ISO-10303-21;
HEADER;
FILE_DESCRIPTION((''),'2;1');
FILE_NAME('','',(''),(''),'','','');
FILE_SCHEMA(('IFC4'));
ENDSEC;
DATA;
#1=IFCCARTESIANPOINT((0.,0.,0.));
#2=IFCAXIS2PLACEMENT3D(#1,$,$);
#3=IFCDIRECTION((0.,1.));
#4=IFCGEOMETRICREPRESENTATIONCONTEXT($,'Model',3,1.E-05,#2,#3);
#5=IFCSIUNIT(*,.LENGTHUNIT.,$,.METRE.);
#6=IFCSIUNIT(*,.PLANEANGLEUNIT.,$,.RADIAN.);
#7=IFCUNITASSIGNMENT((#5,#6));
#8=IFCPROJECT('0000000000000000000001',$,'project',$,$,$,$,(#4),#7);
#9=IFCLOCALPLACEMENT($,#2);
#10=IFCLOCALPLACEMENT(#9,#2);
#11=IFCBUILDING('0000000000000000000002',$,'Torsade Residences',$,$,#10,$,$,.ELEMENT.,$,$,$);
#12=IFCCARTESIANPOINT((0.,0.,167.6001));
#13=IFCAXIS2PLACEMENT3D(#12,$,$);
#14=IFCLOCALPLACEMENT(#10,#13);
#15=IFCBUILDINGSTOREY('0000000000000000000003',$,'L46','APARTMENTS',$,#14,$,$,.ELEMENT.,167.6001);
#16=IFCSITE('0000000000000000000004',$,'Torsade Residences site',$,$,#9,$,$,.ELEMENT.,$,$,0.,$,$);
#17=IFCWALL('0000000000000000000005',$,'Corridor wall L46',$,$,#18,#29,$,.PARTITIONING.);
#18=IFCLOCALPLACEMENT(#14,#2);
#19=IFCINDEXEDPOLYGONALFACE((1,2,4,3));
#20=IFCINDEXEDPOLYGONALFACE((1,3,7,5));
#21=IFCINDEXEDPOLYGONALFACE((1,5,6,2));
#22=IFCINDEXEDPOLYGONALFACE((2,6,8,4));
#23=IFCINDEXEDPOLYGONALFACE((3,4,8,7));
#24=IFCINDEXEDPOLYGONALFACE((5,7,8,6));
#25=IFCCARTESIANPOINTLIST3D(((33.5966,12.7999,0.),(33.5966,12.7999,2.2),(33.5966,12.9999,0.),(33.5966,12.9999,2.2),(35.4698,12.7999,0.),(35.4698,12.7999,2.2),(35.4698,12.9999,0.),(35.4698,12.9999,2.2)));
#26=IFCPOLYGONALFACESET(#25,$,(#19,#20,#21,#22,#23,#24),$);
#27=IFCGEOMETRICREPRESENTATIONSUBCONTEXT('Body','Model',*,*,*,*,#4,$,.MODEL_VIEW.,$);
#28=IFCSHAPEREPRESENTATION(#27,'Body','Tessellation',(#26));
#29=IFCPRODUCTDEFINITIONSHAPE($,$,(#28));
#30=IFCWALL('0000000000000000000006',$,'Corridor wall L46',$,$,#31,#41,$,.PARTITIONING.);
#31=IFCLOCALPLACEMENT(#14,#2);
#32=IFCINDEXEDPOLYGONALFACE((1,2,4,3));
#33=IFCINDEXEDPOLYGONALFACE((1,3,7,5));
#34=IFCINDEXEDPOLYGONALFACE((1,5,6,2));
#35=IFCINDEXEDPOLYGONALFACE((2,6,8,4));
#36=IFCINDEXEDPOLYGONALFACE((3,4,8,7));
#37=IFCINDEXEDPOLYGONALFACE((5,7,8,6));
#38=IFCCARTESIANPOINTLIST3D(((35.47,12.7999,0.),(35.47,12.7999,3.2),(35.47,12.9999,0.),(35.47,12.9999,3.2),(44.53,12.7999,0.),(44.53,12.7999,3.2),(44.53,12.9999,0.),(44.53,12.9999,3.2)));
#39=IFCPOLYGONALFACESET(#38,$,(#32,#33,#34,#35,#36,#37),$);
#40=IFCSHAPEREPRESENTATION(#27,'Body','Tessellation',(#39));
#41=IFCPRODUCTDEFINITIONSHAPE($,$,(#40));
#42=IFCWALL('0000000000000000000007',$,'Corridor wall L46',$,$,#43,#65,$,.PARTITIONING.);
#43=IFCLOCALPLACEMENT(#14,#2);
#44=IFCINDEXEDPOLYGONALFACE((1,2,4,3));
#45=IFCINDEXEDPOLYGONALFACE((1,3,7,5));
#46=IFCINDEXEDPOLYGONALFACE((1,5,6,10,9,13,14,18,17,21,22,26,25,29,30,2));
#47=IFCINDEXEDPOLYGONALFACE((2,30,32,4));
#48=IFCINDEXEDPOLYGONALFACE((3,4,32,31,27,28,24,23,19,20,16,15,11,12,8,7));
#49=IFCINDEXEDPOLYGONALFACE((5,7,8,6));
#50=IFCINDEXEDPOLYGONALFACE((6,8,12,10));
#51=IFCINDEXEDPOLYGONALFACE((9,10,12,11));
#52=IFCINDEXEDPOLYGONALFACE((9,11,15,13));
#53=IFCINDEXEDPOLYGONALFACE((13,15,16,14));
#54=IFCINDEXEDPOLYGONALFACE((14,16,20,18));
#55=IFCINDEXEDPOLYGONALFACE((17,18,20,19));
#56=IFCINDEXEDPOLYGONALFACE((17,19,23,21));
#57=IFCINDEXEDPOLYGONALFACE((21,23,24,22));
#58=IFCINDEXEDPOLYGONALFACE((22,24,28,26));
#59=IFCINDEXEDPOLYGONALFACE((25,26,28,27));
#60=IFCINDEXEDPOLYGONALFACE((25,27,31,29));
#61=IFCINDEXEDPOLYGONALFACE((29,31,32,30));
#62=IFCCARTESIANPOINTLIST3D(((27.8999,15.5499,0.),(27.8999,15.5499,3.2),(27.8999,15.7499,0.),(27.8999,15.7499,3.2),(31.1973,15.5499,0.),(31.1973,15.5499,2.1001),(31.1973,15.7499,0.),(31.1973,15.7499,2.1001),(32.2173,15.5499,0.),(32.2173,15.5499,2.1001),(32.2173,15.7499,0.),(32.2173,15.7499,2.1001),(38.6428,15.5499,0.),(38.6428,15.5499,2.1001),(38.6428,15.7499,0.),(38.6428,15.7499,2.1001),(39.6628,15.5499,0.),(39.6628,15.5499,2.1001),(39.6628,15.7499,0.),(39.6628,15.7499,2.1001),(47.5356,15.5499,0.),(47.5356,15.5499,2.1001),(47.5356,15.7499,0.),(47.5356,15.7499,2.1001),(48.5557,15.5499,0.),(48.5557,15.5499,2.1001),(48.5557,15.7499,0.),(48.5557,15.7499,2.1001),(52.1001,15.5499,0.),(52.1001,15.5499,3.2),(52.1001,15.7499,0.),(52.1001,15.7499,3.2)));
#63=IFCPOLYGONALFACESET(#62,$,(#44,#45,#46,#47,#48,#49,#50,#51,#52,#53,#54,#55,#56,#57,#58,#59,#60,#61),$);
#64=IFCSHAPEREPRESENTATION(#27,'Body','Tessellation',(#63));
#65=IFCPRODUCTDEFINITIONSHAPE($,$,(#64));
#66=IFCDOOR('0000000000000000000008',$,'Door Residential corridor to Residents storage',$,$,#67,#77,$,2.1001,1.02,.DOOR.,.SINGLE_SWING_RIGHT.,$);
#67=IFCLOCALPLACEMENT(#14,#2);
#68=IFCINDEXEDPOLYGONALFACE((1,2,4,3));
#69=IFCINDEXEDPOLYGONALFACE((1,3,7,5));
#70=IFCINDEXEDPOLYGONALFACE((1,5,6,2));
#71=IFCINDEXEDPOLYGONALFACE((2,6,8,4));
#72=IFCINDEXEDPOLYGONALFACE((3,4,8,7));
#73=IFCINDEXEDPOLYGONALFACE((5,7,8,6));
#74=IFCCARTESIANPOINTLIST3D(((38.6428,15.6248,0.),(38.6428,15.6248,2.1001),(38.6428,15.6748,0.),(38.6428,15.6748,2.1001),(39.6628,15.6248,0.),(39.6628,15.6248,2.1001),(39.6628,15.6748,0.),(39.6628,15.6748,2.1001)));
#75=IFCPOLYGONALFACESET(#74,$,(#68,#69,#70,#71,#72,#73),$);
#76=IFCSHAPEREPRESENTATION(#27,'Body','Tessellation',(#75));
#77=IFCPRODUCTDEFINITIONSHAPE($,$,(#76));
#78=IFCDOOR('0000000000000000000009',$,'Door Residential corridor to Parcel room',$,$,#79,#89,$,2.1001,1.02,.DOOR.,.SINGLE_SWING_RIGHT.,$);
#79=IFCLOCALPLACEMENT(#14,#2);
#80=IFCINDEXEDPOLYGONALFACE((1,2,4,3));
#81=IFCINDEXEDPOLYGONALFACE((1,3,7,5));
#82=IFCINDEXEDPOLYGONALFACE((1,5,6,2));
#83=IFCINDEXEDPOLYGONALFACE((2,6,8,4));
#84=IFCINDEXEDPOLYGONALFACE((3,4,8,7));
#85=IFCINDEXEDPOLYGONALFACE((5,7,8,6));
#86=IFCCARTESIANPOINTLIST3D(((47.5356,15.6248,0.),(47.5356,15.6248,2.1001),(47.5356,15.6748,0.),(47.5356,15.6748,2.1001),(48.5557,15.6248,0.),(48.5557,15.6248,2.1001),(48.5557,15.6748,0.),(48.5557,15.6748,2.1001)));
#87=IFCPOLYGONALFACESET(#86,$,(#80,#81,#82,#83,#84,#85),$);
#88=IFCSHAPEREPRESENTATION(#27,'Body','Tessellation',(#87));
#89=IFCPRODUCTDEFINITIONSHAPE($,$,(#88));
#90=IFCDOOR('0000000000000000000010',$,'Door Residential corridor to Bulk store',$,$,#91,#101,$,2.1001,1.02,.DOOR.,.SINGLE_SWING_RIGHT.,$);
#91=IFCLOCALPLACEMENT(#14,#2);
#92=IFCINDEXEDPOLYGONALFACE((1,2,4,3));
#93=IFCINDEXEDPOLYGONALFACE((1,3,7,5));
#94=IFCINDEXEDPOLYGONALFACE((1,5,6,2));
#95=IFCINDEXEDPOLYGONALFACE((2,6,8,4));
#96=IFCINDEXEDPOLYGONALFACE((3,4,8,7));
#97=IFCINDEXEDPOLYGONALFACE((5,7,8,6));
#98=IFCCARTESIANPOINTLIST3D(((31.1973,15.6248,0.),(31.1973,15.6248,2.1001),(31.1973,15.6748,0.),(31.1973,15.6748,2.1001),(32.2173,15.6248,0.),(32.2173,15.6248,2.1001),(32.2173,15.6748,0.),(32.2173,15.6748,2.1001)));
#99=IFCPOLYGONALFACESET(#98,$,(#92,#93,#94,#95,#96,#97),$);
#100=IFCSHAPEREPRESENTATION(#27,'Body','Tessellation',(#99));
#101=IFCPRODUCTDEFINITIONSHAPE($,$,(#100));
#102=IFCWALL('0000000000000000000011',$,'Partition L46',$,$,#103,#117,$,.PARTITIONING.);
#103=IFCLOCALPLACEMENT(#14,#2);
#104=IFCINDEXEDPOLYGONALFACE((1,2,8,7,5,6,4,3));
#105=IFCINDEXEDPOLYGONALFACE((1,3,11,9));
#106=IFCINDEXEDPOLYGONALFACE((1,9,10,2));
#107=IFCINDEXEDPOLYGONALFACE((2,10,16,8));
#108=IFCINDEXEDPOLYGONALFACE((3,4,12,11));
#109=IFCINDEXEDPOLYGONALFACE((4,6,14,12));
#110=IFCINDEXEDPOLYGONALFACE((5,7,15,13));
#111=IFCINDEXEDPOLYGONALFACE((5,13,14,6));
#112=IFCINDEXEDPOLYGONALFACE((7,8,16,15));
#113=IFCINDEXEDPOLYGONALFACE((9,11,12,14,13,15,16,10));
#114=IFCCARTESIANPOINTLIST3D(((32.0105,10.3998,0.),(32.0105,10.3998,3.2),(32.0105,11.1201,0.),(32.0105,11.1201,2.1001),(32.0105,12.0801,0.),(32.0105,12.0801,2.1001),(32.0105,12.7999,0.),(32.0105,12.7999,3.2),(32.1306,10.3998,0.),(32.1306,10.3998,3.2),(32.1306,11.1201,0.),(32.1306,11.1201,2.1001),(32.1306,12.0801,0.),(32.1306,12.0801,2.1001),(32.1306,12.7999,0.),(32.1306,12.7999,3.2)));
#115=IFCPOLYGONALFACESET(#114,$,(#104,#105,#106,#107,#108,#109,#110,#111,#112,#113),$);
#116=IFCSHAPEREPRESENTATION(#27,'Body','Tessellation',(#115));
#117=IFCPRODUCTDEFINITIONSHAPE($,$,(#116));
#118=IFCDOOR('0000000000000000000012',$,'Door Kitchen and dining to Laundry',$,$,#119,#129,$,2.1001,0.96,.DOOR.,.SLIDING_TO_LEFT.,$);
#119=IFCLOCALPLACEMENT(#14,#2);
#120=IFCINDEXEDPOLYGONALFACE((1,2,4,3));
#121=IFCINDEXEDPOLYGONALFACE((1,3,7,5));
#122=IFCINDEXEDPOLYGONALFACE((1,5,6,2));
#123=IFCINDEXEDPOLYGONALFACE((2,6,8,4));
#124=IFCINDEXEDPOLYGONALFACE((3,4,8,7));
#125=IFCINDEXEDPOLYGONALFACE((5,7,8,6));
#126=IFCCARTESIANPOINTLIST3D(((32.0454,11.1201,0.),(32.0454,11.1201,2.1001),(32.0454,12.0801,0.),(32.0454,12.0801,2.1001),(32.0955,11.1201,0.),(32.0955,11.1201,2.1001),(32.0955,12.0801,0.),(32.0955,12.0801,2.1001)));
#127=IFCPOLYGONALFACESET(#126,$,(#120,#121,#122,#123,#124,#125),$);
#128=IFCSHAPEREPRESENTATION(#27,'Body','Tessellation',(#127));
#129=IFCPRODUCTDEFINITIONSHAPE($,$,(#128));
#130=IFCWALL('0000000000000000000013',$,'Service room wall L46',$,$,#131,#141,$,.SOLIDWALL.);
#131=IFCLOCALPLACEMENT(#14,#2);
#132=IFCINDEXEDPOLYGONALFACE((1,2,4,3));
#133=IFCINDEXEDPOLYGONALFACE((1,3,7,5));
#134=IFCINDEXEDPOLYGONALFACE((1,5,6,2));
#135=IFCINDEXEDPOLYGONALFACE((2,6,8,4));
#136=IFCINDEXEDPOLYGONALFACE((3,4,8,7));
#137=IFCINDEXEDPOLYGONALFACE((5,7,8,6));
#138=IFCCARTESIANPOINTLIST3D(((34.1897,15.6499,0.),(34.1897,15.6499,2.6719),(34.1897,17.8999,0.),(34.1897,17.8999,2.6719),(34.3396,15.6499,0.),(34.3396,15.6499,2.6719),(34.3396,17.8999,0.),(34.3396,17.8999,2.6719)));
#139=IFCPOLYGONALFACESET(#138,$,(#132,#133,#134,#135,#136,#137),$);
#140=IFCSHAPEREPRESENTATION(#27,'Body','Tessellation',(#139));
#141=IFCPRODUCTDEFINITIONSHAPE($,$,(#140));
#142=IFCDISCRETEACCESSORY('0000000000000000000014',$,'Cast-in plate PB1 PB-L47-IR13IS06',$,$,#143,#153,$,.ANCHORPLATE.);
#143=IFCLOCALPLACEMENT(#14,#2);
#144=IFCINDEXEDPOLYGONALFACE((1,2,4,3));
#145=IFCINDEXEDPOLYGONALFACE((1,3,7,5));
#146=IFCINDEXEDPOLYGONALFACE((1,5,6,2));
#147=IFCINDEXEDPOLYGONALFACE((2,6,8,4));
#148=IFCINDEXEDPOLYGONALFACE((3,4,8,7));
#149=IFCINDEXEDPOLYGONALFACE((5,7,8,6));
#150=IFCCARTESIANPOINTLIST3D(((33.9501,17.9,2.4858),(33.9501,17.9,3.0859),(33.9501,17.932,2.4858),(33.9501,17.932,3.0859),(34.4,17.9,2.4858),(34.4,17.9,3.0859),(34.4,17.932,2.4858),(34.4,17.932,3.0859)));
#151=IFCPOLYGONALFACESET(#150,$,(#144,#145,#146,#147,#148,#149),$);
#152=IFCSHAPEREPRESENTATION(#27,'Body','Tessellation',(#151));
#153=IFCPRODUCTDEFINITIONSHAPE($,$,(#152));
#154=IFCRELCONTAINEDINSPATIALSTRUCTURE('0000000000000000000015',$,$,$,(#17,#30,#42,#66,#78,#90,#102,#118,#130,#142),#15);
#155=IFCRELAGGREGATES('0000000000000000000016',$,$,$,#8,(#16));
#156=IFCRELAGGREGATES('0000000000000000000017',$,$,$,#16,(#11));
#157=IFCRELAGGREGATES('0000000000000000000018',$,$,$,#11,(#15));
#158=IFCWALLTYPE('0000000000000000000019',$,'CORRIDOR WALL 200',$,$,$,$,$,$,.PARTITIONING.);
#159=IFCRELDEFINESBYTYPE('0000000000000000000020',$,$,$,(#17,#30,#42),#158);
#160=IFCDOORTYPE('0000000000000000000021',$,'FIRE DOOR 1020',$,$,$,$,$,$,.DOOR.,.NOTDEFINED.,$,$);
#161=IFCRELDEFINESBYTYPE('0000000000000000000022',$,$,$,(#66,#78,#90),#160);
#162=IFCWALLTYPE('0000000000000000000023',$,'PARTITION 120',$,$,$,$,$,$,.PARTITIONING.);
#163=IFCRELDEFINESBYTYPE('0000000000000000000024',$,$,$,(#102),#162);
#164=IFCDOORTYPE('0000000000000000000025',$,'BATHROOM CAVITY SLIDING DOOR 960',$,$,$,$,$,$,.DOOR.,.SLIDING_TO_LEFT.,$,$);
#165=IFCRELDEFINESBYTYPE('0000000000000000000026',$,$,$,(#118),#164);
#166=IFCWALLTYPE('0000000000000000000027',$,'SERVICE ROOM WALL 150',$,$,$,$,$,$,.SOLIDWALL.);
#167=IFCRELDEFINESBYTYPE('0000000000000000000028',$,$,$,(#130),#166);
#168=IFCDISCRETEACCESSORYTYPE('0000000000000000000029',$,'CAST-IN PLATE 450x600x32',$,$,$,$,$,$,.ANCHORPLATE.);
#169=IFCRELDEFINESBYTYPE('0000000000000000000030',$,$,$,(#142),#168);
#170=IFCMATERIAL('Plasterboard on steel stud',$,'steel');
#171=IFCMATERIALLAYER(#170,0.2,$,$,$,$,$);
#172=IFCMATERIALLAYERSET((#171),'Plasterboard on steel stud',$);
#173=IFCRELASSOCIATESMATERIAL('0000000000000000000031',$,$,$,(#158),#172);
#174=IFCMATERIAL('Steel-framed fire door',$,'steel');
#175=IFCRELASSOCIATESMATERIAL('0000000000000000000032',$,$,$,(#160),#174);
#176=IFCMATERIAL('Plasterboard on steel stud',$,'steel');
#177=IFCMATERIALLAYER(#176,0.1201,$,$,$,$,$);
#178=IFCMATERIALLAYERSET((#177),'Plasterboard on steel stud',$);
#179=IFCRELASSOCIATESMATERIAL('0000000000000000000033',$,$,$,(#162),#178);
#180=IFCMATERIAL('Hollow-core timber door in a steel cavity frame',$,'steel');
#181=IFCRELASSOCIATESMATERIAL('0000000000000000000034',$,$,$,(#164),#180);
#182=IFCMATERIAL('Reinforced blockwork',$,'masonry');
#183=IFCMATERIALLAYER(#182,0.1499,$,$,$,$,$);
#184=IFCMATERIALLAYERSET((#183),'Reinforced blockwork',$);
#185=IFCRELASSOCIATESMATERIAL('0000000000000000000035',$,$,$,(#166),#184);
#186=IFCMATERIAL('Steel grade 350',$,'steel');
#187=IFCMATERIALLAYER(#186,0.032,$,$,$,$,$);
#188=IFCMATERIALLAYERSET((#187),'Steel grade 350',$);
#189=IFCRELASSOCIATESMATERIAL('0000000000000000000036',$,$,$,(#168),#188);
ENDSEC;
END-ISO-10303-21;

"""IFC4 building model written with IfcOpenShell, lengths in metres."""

from ifc_helpers import new_model, si_unit, direction, frame, frame_2d, origin, origin_2d, place, context, subcontext, project, spatial, rectangle, extrude, material, layer, layer_set, type_object, element, fill, save


model = new_model("IFC4")

# Units and contexts
model_context = context("Model", 3, precision=1e-05, world=origin(), true_north=direction((0.0, 1.0)))
body_context = subcontext(model_context, "Body", "Model", "MODEL_VIEW")
ifc_project = project(units=[si_unit("LENGTHUNIT", "METRE"), si_unit("PLANEANGLEUNIT", "RADIAN")], contexts=[model_context])

# Site, building, storey
site_placement = place(None, origin())
site = spatial("IfcSite", under=ifc_project, at=site_placement, Name="Torsade Residences site", CompositionType="ELEMENT", RefElevation=0.0)
building_placement = place(site_placement, origin())
building = spatial("IfcBuilding", under=site, at=building_placement, Name="Torsade Residences", CompositionType="ELEMENT")
storey_placement = place(building_placement, frame((0.0, 0.0, 167.6001)))
storey = spatial("IfcBuildingStorey", under=building, at=storey_placement, Name="L46", Description="APARTMENTS", CompositionType="ELEMENT", Elevation=167.6001)

# Shared definitions
ifc_material_1 = material(Name="Plasterboard on steel stud", Category="steel")
ifc_layer_1 = layer(ifc_material_1, 0.2)
ifc_layer_set_1 = layer_set([ifc_layer_1], Name="Plasterboard on steel stud")
wall_type_1 = type_object("IfcWallType", Name="CORRIDOR WALL 200", PredefinedType="PARTITIONING", material=ifc_layer_set_1)

# Walls
wall_1_placement = place(storey_placement, frame((33.5967, 12.8999, 0.0), z_axis=(0.0, 0.0, 1.0), x_axis=(1.0, 0.0, 0.0)))
element("IfcWall", 1, at=wall_1_placement, inside=storey, type_object=wall_type_1, Name="Corridor wall L46", PredefinedType="PARTITIONING", context=body_context, shape_type="SweptSolid", body=[
    extrude(rectangle(XDim=1.8733, YDim=0.2, at=frame_2d((0.9365, 0.0))), origin(), (0.0, 0.0, 1.0), 2.2),
])
wall_2_placement = place(storey_placement, frame((35.47, 12.8999, 0.0), z_axis=(0.0, 0.0, 1.0), x_axis=(1.0, 0.0, 0.0)))
element("IfcWall", 2, at=wall_2_placement, inside=storey, type_object=wall_type_1, Name="Corridor wall L46", PredefinedType="PARTITIONING", context=body_context, shape_type="SweptSolid", body=[
    extrude(rectangle(XDim=9.0601, YDim=0.2, at=frame_2d((4.53, 0.0))), origin(), (0.0, 0.0, 1.0), 3.2),
])

# Wall, openings, doors
wall_3_placement = place(storey_placement, frame((27.8999, 15.6499, 0.0), z_axis=(0.0, 0.0, 1.0), x_axis=(1.0, 0.0, 0.0)))
wall_3 = element("IfcWall", 3, at=wall_3_placement, inside=storey, type_object=wall_type_1, Name="Corridor wall L46", PredefinedType="PARTITIONING", context=body_context, shape_type="SweptSolid", body=[
    extrude(rectangle(XDim=24.2002, YDim=0.2, at=frame_2d((12.1001, 0.0))), origin(), (0.0, 0.0, 1.0), 3.2),
])
opening_1_placement = place(wall_3_placement, frame((10.7429, 0.0, 0.0)))
opening_1 = element("IfcOpeningElement", 4, at=opening_1_placement, cuts=wall_3, PredefinedType="OPENING", context=body_context, shape_type="SweptSolid", body=[
    extrude(rectangle(XDim=1.02, YDim=2.1001, at=frame_2d((0.51, 1.05))), frame((0.0, 0.1099, 0.0), z_axis=(0.0, -1.0, 0.0), x_axis=(1.0, 0.0, 0.0)), (0.0, 0.0, 1.0), 0.22),
])
opening_2_placement = place(wall_3_placement, frame((19.6357, 0.0, 0.0)))
opening_2 = element("IfcOpeningElement", 5, at=opening_2_placement, cuts=wall_3, PredefinedType="OPENING", context=body_context, shape_type="SweptSolid", body=[
    extrude(rectangle(XDim=1.02, YDim=2.1001, at=frame_2d((0.51, 1.05))), frame((0.0, 0.1099, 0.0), z_axis=(0.0, -1.0, 0.0), x_axis=(1.0, 0.0, 0.0)), (0.0, 0.0, 1.0), 0.22),
])
opening_3_placement = place(wall_3_placement, frame((3.2974, 0.0, 0.0)))
opening_3 = element("IfcOpeningElement", 6, at=opening_3_placement, cuts=wall_3, PredefinedType="OPENING", context=body_context, shape_type="SweptSolid", body=[
    extrude(rectangle(XDim=1.02, YDim=2.1001, at=frame_2d((0.51, 1.05))), frame((0.0, 0.1099, 0.0), z_axis=(0.0, -1.0, 0.0), x_axis=(1.0, 0.0, 0.0)), (0.0, 0.0, 1.0), 0.22),
])
ifc_material_2 = material(Name="Steel-framed fire door", Category="steel")
door_type_1 = type_object("IfcDoorType", Name="FIRE DOOR 1020", OperationType="NOTDEFINED", PredefinedType="DOOR", material=ifc_material_2)
door_1_placement = place(opening_1_placement, origin())
door_1 = element("IfcDoor", 7, at=door_1_placement, inside=storey, type_object=door_type_1, Name="Door Residential corridor to Residents storage", OperationType="SINGLE_SWING_RIGHT", OverallHeight=2.1001, OverallWidth=1.02, PredefinedType="DOOR", context=body_context, shape_type="SweptSolid", body=[
    extrude(rectangle(XDim=1.02, YDim=2.1001, at=frame_2d((0.51, 1.05))), frame((0.0, 0.0249, 0.0), z_axis=(0.0, -1.0, 0.0), x_axis=(1.0, 0.0, 0.0)), (0.0, 0.0, 1.0), 0.05),
])
fill(opening_1, door_1)
door_2_placement = place(opening_2_placement, origin())
door_2 = element("IfcDoor", 8, at=door_2_placement, inside=storey, type_object=door_type_1, Name="Door Residential corridor to Parcel room", OperationType="SINGLE_SWING_RIGHT", OverallHeight=2.1001, OverallWidth=1.02, PredefinedType="DOOR", context=body_context, shape_type="SweptSolid", body=[
    extrude(rectangle(XDim=1.02, YDim=2.1001, at=frame_2d((0.51, 1.05))), frame((0.0, 0.0249, 0.0), z_axis=(0.0, -1.0, 0.0), x_axis=(1.0, 0.0, 0.0)), (0.0, 0.0, 1.0), 0.05),
])
fill(opening_2, door_2)
door_3_placement = place(opening_3_placement, origin())
door_3 = element("IfcDoor", 9, at=door_3_placement, inside=storey, type_object=door_type_1, Name="Door Residential corridor to Bulk store", OperationType="SINGLE_SWING_RIGHT", OverallHeight=2.1001, OverallWidth=1.02, PredefinedType="DOOR", context=body_context, shape_type="SweptSolid", body=[
    extrude(rectangle(XDim=1.02, YDim=2.1001, at=frame_2d((0.51, 1.05))), frame((0.0, 0.0249, 0.0), z_axis=(0.0, -1.0, 0.0), x_axis=(1.0, 0.0, 0.0)), (0.0, 0.0, 1.0), 0.05),
])
fill(opening_3, door_3)

# Wall, opening, door
ifc_material_3 = material(Name="Plasterboard on steel stud", Category="steel")
ifc_layer_2 = layer(ifc_material_3, 0.1201)
ifc_layer_set_2 = layer_set([ifc_layer_2], Name="Plasterboard on steel stud")
wall_type_2 = type_object("IfcWallType", Name="PARTITION 120", PredefinedType="PARTITIONING", material=ifc_layer_set_2)
wall_4_placement = place(storey_placement, frame((32.0706, 12.8, 0.0), z_axis=(0.0, 0.0, 1.0), x_axis=(0.0, -1.0, 0.0)))
wall_4 = element("IfcWall", 10, at=wall_4_placement, inside=storey, type_object=wall_type_2, Name="Partition L46", PredefinedType="PARTITIONING", context=body_context, shape_type="SweptSolid", body=[
    extrude(rectangle(XDim=2.4001, YDim=0.1201, at=frame_2d((1.2002, 0.0))), origin(), (0.0, 0.0, 1.0), 3.2),
])
opening_4_placement = place(wall_4_placement, frame((0.72, 0.0, 0.0)))
opening_4 = element("IfcOpeningElement", 11, at=opening_4_placement, cuts=wall_4, PredefinedType="OPENING", context=body_context, shape_type="SweptSolid", body=[
    extrude(rectangle(XDim=0.96, YDim=2.1001, at=frame_2d((0.48, 1.05))), frame((0.0, 0.0701, 0.0), z_axis=(0.0, -1.0, 0.0), x_axis=(1.0, 0.0, 0.0)), (0.0, 0.0, 1.0), 0.1401),
])
ifc_material_4 = material(Name="Hollow-core timber door in a steel cavity frame", Category="steel")
door_type_2 = type_object("IfcDoorType", Name="BATHROOM CAVITY SLIDING DOOR 960", OperationType="SLIDING_TO_LEFT", PredefinedType="DOOR", material=ifc_material_4)
door_4_placement = place(opening_4_placement, origin())
door_4 = element("IfcDoor", 12, at=door_4_placement, inside=storey, type_object=door_type_2, Name="Door Kitchen and dining to Laundry", OperationType="SLIDING_TO_LEFT", OverallHeight=2.1001, OverallWidth=0.96, PredefinedType="DOOR", context=body_context, shape_type="SweptSolid", body=[
    extrude(rectangle(XDim=0.96, YDim=2.1001, at=frame_2d((0.48, 1.05))), frame((0.0, 0.0249, 0.0), z_axis=(0.0, -1.0, 0.0), x_axis=(1.0, 0.0, 0.0)), (0.0, 0.0, 1.0), 0.05),
])
fill(opening_4, door_4)

# Wall
ifc_material_5 = material(Name="Reinforced blockwork", Category="masonry")
ifc_layer_3 = layer(ifc_material_5, 0.1499)
ifc_layer_set_3 = layer_set([ifc_layer_3], Name="Reinforced blockwork")
wall_type_3 = type_object("IfcWallType", Name="SERVICE ROOM WALL 150", PredefinedType="SOLIDWALL", material=ifc_layer_set_3)
wall_5_placement = place(storey_placement, frame((34.2646, 15.6499, 0.0), z_axis=(0.0, 0.0, 1.0), x_axis=(0.0, 1.0, 0.0)))
element("IfcWall", 13, at=wall_5_placement, inside=storey, type_object=wall_type_3, Name="Service room wall L46", PredefinedType="SOLIDWALL", context=body_context, shape_type="SweptSolid", body=[
    extrude(rectangle(XDim=2.25, YDim=0.1499, at=frame_2d((1.125, 0.0))), origin(), (0.0, 0.0, 1.0), 2.6719),
])

# Discrete accessory
ifc_material_6 = material(Name="Steel grade 350", Category="steel")
ifc_layer_4 = layer(ifc_material_6, 0.032)
ifc_layer_set_4 = layer_set([ifc_layer_4], Name="Steel grade 350")
discrete_accessory_type = type_object("IfcDiscreteAccessoryType", Name="CAST-IN PLATE 450x600x32", PredefinedType="ANCHORPLATE", material=ifc_layer_set_4)
discrete_accessory_placement = place(storey_placement, frame((34.175, 17.916, 2.4858), z_axis=(0.0, 0.0, 1.0), x_axis=(1.0, 0.0, 0.0)))
element("IfcDiscreteAccessory", 14, at=discrete_accessory_placement, inside=storey, type_object=discrete_accessory_type, Name="Cast-in plate PB1 PB-L47-IR13IS06", PredefinedType="ANCHORPLATE", context=body_context, shape_type="SweptSolid", body=[
    extrude(rectangle(XDim=0.45, YDim=0.032, at=origin_2d()), origin(), (0.0, 0.0, 1.0), 0.6001),
])

save(model, "model.ifc")
